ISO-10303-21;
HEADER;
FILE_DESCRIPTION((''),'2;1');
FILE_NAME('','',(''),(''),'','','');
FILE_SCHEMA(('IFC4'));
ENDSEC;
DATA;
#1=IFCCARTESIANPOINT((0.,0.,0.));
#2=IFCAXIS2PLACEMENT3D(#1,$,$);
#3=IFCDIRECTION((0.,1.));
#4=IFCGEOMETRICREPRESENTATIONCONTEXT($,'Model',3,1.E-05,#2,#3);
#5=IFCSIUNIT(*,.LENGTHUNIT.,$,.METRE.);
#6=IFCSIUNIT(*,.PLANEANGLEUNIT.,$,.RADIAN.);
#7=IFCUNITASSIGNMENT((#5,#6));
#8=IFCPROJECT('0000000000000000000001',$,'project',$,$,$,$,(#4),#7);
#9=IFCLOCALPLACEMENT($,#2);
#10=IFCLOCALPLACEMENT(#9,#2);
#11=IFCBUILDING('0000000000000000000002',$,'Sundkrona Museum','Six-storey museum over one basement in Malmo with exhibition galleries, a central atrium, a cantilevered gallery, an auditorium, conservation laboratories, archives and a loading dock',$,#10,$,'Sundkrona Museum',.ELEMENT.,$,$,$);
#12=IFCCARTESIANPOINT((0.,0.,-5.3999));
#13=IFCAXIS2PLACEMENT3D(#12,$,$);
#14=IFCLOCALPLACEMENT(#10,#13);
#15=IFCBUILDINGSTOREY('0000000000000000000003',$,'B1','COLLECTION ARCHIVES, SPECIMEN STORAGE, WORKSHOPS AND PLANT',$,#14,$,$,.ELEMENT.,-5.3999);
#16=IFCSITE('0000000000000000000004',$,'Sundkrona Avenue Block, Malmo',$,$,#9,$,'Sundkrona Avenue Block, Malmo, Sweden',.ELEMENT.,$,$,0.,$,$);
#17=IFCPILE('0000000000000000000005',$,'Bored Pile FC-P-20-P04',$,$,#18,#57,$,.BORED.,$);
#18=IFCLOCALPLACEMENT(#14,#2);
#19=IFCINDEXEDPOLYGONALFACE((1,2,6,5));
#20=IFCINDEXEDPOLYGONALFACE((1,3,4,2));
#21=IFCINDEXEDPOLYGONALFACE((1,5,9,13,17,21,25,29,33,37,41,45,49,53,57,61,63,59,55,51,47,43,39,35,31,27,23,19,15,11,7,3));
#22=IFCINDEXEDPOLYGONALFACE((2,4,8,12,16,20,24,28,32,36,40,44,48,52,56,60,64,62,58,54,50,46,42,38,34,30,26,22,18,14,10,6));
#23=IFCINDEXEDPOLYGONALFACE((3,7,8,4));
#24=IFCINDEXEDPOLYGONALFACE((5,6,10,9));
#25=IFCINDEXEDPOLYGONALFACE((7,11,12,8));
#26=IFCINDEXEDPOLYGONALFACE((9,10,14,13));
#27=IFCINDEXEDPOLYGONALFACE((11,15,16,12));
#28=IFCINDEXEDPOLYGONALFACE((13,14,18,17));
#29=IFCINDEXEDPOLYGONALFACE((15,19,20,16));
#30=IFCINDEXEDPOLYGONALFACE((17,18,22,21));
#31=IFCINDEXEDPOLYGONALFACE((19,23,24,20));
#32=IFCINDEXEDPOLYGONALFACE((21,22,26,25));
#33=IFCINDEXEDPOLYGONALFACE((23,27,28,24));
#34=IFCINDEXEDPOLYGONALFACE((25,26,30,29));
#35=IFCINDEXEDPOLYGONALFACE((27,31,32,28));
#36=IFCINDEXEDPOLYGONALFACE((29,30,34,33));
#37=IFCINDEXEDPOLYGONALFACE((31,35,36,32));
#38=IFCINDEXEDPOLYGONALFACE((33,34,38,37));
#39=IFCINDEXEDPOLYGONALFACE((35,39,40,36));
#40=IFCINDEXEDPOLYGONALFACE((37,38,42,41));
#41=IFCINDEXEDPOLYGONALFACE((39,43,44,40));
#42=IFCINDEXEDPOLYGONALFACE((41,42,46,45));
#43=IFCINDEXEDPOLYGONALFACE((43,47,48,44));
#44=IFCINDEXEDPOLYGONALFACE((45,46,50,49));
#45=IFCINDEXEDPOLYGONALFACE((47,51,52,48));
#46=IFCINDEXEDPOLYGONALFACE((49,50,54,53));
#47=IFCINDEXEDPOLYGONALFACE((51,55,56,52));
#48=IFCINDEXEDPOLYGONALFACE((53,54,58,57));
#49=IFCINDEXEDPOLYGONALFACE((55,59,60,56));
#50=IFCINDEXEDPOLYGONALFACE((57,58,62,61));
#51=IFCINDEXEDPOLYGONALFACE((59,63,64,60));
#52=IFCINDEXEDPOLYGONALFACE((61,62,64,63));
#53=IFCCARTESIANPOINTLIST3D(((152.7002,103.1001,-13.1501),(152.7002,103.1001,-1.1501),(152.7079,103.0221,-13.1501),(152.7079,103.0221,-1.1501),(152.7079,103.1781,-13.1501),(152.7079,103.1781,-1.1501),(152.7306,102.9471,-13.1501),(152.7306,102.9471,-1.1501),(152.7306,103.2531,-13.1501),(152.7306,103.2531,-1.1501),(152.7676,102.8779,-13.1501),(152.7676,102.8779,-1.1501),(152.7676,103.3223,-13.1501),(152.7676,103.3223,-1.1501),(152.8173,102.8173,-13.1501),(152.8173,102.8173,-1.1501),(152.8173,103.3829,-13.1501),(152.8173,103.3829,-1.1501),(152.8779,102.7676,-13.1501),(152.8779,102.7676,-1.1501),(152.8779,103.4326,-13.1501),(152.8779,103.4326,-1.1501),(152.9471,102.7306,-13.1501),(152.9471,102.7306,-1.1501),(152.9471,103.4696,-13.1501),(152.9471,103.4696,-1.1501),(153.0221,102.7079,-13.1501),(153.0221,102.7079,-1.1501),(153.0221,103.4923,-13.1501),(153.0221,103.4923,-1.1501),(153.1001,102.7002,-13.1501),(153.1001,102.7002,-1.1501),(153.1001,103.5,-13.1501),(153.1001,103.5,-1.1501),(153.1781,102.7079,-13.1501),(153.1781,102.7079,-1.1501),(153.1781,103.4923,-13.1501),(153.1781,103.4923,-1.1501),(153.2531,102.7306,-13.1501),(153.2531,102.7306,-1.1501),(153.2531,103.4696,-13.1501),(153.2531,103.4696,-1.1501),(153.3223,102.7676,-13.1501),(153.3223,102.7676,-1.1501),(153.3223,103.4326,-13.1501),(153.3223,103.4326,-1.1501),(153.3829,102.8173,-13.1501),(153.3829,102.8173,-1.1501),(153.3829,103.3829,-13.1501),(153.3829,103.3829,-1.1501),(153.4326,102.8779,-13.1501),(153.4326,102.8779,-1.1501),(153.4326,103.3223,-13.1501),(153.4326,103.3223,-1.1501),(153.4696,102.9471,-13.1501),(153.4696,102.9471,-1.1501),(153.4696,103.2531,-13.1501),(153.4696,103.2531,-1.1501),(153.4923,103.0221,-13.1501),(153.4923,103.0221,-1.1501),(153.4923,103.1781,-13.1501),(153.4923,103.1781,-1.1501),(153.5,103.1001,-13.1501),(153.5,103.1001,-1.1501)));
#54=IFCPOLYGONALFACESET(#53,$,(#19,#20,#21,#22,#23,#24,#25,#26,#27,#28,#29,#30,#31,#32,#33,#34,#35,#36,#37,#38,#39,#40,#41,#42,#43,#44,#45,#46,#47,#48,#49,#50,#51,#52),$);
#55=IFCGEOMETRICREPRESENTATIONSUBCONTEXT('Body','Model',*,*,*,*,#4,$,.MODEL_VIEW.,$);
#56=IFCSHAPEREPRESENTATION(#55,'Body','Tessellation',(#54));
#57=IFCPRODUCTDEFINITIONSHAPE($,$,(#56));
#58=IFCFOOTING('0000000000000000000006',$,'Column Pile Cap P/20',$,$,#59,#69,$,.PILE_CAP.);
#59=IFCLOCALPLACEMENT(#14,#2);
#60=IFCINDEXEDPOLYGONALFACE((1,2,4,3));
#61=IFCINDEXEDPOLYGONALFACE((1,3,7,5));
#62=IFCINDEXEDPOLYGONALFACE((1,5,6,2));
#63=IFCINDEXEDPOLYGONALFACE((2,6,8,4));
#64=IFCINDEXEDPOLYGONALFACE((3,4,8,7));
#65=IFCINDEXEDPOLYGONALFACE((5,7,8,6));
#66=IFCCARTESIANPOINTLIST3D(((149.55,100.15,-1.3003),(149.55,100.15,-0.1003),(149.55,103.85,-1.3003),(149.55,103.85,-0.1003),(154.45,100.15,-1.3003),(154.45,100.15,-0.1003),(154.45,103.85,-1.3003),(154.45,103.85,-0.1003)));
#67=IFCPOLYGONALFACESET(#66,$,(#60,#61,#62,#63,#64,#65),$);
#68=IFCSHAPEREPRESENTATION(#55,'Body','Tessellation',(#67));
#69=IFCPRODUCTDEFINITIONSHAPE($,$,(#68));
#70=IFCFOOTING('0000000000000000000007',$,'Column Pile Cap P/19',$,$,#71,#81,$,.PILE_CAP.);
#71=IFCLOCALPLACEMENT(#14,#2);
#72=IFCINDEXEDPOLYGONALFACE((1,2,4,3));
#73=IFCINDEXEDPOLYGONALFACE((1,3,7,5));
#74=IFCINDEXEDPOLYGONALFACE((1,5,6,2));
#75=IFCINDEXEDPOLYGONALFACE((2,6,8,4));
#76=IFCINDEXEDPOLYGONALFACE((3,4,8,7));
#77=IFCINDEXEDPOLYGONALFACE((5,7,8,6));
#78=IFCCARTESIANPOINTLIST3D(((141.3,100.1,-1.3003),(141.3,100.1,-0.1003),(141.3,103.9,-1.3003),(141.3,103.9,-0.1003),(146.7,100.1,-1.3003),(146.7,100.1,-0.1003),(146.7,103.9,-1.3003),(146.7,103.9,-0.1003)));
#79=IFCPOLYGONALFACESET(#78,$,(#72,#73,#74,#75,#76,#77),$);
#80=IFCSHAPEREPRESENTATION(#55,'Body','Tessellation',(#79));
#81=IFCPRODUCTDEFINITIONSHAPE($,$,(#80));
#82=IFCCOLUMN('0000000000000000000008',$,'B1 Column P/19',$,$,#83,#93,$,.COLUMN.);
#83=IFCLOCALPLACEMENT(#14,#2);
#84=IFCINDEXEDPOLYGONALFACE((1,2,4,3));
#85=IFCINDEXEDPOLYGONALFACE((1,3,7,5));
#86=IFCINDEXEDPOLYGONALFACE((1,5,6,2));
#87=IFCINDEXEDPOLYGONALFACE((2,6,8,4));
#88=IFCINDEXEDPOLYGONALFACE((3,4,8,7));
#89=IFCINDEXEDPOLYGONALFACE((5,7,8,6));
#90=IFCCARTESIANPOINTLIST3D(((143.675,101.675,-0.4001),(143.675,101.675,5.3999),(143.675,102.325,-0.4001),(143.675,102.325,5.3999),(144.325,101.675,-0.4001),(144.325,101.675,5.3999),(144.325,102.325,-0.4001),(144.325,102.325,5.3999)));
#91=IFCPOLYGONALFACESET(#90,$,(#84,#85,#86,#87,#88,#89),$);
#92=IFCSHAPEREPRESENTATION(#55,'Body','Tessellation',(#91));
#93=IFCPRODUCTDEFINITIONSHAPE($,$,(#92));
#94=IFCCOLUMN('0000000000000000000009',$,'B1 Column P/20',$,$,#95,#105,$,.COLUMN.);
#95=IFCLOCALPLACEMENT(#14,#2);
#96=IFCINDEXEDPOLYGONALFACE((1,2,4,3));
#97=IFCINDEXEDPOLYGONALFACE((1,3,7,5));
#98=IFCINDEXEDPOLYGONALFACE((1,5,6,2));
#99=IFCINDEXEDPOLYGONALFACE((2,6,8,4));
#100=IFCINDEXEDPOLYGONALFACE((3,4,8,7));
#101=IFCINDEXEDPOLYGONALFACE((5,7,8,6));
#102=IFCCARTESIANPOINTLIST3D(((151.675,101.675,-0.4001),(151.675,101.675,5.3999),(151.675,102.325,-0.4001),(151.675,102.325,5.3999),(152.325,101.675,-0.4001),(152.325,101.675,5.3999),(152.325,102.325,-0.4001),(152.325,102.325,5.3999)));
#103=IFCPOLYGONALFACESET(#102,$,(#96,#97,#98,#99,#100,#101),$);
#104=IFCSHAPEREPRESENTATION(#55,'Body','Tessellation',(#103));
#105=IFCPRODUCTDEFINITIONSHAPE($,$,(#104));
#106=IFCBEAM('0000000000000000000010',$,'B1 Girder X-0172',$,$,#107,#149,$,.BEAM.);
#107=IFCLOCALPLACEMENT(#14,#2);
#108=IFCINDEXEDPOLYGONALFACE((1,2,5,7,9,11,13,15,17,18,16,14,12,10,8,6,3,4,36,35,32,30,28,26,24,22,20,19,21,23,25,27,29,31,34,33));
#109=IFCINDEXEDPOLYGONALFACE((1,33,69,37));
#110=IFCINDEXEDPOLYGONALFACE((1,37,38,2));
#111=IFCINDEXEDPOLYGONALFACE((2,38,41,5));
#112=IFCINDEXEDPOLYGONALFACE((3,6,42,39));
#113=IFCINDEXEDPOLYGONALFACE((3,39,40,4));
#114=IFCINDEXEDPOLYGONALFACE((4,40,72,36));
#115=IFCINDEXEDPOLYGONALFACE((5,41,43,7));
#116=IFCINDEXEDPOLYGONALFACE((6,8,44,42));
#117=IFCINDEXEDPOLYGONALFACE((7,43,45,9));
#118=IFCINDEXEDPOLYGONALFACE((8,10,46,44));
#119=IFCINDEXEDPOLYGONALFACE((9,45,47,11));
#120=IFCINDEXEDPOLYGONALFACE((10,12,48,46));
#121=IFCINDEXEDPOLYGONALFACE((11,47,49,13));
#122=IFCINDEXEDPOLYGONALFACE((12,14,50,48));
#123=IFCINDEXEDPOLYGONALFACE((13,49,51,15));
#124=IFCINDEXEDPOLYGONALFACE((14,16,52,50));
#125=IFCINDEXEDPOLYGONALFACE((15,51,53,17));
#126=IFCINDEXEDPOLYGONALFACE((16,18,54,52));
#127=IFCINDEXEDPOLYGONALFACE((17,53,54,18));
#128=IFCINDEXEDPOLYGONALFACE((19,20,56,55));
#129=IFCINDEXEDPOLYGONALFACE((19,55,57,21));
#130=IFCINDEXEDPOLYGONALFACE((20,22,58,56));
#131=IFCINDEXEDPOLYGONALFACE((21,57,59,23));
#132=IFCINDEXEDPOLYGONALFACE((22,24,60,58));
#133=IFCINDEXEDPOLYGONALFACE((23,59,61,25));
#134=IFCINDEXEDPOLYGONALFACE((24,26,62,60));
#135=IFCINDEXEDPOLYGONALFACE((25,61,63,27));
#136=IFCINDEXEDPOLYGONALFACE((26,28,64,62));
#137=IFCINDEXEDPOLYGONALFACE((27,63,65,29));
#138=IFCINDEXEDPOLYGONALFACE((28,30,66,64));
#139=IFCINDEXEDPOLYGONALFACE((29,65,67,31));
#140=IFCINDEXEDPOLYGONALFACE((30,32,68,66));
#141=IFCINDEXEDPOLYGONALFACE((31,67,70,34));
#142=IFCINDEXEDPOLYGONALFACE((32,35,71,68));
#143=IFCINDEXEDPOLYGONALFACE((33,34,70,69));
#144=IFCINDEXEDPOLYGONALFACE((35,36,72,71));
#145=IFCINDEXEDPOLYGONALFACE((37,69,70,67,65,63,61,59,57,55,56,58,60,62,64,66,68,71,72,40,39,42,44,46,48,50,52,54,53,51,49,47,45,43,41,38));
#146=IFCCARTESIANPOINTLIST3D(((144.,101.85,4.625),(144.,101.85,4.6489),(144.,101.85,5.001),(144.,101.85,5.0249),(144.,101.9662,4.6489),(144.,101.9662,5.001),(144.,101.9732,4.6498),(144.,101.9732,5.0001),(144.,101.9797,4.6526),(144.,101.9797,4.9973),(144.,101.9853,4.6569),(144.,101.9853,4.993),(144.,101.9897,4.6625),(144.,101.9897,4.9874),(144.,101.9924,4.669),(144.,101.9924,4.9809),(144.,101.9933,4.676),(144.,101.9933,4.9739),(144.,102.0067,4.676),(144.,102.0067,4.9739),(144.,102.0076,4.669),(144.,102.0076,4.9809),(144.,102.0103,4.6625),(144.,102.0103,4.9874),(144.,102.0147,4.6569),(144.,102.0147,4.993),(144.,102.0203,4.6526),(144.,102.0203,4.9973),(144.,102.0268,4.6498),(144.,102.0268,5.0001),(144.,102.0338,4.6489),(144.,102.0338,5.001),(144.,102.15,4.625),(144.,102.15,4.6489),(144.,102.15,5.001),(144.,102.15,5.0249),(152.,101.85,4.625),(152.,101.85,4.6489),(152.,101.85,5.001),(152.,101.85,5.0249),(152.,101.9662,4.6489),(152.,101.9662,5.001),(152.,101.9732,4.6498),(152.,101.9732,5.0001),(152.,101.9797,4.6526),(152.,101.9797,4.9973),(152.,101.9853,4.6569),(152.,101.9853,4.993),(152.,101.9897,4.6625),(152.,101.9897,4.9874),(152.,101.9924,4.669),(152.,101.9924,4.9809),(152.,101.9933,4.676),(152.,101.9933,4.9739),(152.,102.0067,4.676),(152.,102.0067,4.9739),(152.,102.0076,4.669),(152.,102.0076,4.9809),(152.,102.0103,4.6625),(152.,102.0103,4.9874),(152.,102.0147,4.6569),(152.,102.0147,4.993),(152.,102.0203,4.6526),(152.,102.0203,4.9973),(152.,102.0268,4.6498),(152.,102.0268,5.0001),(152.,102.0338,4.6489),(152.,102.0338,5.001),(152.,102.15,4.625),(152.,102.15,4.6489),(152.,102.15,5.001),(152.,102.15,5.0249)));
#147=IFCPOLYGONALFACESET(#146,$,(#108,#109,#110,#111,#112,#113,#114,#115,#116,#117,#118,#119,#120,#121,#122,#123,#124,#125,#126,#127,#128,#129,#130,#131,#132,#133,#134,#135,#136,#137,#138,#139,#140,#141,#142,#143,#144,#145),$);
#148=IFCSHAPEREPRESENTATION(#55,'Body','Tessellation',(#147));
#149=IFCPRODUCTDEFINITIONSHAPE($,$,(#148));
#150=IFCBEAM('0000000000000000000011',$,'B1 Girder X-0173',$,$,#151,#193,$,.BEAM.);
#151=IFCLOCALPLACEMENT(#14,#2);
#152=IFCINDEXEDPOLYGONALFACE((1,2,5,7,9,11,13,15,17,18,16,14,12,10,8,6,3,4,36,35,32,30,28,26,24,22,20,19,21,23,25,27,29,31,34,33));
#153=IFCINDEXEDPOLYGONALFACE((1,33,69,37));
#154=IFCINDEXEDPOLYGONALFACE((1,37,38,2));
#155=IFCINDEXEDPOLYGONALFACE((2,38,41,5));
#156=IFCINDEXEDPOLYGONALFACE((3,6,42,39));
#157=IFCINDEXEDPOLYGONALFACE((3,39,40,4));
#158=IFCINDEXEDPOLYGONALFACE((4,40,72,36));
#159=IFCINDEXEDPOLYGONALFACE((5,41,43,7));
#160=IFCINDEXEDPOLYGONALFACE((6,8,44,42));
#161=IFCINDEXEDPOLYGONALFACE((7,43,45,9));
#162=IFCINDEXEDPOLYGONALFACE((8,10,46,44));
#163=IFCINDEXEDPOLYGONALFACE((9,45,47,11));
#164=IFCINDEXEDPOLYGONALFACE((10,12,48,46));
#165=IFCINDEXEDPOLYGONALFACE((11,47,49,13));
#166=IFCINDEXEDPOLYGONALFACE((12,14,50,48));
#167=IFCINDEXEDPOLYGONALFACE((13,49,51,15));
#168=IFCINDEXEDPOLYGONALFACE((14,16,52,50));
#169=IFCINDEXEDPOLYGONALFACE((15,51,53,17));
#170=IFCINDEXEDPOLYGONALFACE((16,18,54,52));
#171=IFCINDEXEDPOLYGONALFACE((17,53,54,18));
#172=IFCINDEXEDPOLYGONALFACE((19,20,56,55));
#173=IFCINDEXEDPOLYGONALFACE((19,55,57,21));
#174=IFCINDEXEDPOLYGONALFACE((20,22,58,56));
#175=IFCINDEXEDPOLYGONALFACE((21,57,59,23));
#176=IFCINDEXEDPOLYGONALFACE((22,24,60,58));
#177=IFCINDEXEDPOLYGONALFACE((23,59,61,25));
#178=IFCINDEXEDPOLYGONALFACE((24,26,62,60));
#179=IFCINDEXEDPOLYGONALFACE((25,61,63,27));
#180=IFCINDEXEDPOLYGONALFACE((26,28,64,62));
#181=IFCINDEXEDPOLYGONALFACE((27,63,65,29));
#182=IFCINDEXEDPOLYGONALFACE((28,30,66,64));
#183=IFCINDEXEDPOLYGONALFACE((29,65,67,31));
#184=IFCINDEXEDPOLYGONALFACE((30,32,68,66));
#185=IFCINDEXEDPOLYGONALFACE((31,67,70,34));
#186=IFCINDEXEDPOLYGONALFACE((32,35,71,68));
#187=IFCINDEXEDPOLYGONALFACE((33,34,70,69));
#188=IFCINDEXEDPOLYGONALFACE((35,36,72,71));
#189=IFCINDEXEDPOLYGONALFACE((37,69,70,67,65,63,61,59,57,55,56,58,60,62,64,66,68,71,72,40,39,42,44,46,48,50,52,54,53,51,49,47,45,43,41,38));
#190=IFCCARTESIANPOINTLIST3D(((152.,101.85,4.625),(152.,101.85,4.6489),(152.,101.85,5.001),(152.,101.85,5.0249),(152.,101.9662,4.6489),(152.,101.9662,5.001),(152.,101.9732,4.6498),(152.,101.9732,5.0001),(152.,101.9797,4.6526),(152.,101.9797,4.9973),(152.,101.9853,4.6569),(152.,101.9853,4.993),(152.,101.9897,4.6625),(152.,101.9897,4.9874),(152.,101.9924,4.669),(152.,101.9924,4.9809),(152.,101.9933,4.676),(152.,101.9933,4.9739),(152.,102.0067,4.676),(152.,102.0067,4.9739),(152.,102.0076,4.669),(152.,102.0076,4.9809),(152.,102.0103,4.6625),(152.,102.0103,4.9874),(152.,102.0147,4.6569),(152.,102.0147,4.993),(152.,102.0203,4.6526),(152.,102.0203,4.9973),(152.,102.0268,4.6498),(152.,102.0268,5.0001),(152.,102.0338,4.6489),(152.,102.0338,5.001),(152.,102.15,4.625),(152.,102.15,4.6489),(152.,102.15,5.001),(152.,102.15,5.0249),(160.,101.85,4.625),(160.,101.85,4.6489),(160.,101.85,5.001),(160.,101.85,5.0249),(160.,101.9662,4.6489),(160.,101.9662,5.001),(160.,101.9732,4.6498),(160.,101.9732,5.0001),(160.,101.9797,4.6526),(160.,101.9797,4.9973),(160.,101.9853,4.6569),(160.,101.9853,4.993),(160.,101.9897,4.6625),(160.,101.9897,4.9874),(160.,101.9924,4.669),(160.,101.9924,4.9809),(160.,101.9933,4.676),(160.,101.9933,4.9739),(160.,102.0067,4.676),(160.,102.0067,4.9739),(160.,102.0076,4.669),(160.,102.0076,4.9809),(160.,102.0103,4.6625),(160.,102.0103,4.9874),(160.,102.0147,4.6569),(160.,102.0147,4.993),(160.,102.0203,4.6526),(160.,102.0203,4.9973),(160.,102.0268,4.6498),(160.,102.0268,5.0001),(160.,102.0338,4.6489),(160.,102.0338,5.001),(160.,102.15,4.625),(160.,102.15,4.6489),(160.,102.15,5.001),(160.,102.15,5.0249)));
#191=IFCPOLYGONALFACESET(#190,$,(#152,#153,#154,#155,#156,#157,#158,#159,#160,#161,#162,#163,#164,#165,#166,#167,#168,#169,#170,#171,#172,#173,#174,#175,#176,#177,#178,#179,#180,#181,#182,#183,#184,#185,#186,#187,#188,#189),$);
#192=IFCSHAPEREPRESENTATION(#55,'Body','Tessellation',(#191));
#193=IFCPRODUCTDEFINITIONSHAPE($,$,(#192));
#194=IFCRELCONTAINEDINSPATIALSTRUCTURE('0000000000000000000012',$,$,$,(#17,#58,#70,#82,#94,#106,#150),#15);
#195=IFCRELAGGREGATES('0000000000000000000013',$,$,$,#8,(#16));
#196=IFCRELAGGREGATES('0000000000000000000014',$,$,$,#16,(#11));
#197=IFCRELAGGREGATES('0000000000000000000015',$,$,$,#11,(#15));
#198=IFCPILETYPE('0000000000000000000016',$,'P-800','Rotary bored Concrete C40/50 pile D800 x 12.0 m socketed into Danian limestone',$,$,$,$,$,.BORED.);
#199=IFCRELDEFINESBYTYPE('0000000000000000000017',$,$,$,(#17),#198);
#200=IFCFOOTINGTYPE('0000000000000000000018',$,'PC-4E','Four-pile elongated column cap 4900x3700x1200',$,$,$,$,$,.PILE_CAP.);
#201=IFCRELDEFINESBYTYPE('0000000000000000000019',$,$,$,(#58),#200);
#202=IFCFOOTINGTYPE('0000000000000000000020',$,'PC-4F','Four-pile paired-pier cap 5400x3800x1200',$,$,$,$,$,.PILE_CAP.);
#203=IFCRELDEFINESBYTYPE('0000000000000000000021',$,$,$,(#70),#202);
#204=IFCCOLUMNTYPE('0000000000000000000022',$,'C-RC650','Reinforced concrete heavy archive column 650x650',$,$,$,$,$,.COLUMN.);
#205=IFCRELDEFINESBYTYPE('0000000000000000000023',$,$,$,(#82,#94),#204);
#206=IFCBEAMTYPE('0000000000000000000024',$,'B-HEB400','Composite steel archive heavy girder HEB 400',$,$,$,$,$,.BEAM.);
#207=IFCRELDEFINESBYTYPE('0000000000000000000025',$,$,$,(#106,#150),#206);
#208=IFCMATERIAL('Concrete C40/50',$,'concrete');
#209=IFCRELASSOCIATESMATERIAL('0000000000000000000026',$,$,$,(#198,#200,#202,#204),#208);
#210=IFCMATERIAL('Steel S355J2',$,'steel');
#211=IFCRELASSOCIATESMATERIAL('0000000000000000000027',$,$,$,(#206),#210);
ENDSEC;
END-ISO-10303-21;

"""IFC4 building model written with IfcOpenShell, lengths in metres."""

from ifc_helpers import new_model, si_unit, direction, frame, origin, origin_2d, place, context, subcontext, project, spatial, rectangle, circle, i_section, extrude, material, material_profile, profile_set, type_object, element, save


model = new_model("IFC4")

# Units and contexts
model_context = context("Model", 3, precision=1e-05, world=origin(), true_north=direction((0.0, 1.0)))
body_context = subcontext(model_context, "Body", "Model", "MODEL_VIEW")
ifc_project = project(units=[si_unit("LENGTHUNIT", "METRE"), si_unit("PLANEANGLEUNIT", "RADIAN")], contexts=[model_context])

# Site, building, storey
site_placement = place(None, origin())
site = spatial("IfcSite", under=ifc_project, at=site_placement, Name="Sundkrona Avenue Block, Malmo", LongName="Sundkrona Avenue Block, Malmo, Sweden", CompositionType="ELEMENT", RefElevation=0.0)
building_placement = place(site_placement, origin())
building = spatial("IfcBuilding", under=site, at=building_placement, Name="Sundkrona Museum", Description="Six-storey museum over one basement in Malmo with exhibition galleries, a central atrium, a cantilevered gallery, an auditorium, conservation laboratories, archives and a loading dock", LongName="Sundkrona Museum", CompositionType="ELEMENT")
storey_placement = place(building_placement, frame((0.0, 0.0, -5.3999)))
storey = spatial("IfcBuildingStorey", under=building, at=storey_placement, Name="B1", Description="COLLECTION ARCHIVES, SPECIMEN STORAGE, WORKSHOPS AND PLANT", CompositionType="ELEMENT", Elevation=-5.3999)

# Shared definitions
ifc_material_1 = material(Name="Concrete C40/50", Category="concrete")

# Pile
ifc_material_profile_1 = material_profile(ifc_material_1, circle(Radius=0.3999, at=origin_2d()), Name="PILE D800")
ifc_profile_set_1 = profile_set([ifc_material_profile_1], Name="Concrete C40/50")
pile_type = type_object("IfcPileType", Name="P-800", Description="Rotary bored Concrete C40/50 pile D800 x 12.0 m socketed into Danian limestone", PredefinedType="BORED", material=ifc_profile_set_1)
for number, where, z_axis, x_axis, name in (
    (1, (153.1001, 103.1001, -1.1501), (0.0, 0.0, -1.0), (1.0, 0.0, 0.0), "Bored Pile FC-P-20-P04"),
):
    element("IfcPile", number, at=place(storey_placement, frame(where, z_axis=z_axis, x_axis=x_axis)), inside=storey, type_object=pile_type, Name=name, PredefinedType="BORED", context=body_context, shape_type="SweptSolid", body=[
        extrude(circle(Radius=0.3999, at=origin_2d()), origin(), (0.0, 0.0, 1.0), 12.0),
    ])

# Footings
footing_type_1 = type_object("IfcFootingType", Name="PC-4E", Description="Four-pile elongated column cap 4900x3700x1200", PredefinedType="PILE_CAP", material=ifc_material_1)
footing_1_placement = place(storey_placement, frame((152.0, 102.0, -1.3003), z_axis=(0.0, 0.0, 1.0), x_axis=(1.0, 0.0, 0.0)))
element("IfcFooting", 2, at=footing_1_placement, inside=storey, type_object=footing_type_1, Name="Column Pile Cap P/20", PredefinedType="PILE_CAP", context=body_context, shape_type="SweptSolid", body=[
    extrude(rectangle(XDim=4.8999, YDim=3.7, at=origin_2d()), origin(), (0.0, 0.0, 1.0), 1.2),
])
footing_type_2 = type_object("IfcFootingType", Name="PC-4F", Description="Four-pile paired-pier cap 5400x3800x1200", PredefinedType="PILE_CAP", material=ifc_material_1)
footing_2_placement = place(storey_placement, frame((144.0, 102.0, -1.3003), z_axis=(0.0, 0.0, 1.0), x_axis=(1.0, 0.0, 0.0)))
element("IfcFooting", 3, at=footing_2_placement, inside=storey, type_object=footing_type_2, Name="Column Pile Cap P/19", PredefinedType="PILE_CAP", context=body_context, shape_type="SweptSolid", body=[
    extrude(rectangle(XDim=5.3999, YDim=3.8, at=origin_2d()), origin(), (0.0, 0.0, 1.0), 1.2),
])

# Columns
ifc_material_profile_2 = material_profile(ifc_material_1, rectangle(XDim=0.6499, YDim=0.6499, at=origin_2d()), Name="RC 650x650")
ifc_profile_set_2 = profile_set([ifc_material_profile_2], Name="Concrete C40/50")
column_type = type_object("IfcColumnType", Name="C-RC650", Description="Reinforced concrete heavy archive column 650x650", PredefinedType="COLUMN", material=ifc_profile_set_2)
for number, where, z_axis, x_axis, name in (
    (4, (144.0, 102.0, -0.4001), (0.0, 0.0, 1.0), (1.0, 0.0, 0.0), "B1 Column P/19"),
    (5, (152.0, 102.0, -0.4001), (0.0, 0.0, 1.0), (1.0, 0.0, 0.0), "B1 Column P/20"),
):
    element("IfcColumn", number, at=place(storey_placement, frame(where, z_axis=z_axis, x_axis=x_axis)), inside=storey, type_object=column_type, Name=name, PredefinedType="COLUMN", context=body_context, shape_type="SweptSolid", body=[
        extrude(rectangle(XDim=0.6499, YDim=0.6499, at=origin_2d()), origin(), (0.0, 0.0, 1.0), 5.8),
    ])

# Beams
ifc_material_2 = material(Name="Steel S355J2", Category="steel")
ifc_material_profile_3 = material_profile(ifc_material_2, i_section(OverallWidth=0.3, OverallDepth=0.3999, WebThickness=0.0134, FlangeThickness=0.0239, FilletRadius=0.0271, at=origin_2d()), Name="HEB 400")
ifc_profile_set_3 = profile_set([ifc_material_profile_3], Name="Steel S355J2")
beam_type_1 = type_object("IfcBeamType", Name="B-HEB400", Description="Composite steel archive heavy girder HEB 400", PredefinedType="BEAM", material=ifc_profile_set_3)
for number, where, z_axis, x_axis, name in (
    (6, (144.0, 102.0, 4.825), (1.0, 0.0, 0.0), (0.0, 1.0, 0.0), "B1 Girder X-0172"),
    (7, (152.0, 102.0, 4.825), (1.0, 0.0, 0.0), (0.0, 1.0, 0.0), "B1 Girder X-0173"),
):
    element("IfcBeam", number, at=place(storey_placement, frame(where, z_axis=z_axis, x_axis=x_axis)), inside=storey, type_object=beam_type_1, Name=name, PredefinedType="BEAM", context=body_context, shape_type="SweptSolid", body=[
        extrude(i_section(OverallWidth=0.3, OverallDepth=0.3999, WebThickness=0.0134, FlangeThickness=0.0239, FilletRadius=0.0271, at=origin_2d()), origin(), (0.0, 0.0, 1.0), 8.0),
    ])

save(model, "model.ifc")
